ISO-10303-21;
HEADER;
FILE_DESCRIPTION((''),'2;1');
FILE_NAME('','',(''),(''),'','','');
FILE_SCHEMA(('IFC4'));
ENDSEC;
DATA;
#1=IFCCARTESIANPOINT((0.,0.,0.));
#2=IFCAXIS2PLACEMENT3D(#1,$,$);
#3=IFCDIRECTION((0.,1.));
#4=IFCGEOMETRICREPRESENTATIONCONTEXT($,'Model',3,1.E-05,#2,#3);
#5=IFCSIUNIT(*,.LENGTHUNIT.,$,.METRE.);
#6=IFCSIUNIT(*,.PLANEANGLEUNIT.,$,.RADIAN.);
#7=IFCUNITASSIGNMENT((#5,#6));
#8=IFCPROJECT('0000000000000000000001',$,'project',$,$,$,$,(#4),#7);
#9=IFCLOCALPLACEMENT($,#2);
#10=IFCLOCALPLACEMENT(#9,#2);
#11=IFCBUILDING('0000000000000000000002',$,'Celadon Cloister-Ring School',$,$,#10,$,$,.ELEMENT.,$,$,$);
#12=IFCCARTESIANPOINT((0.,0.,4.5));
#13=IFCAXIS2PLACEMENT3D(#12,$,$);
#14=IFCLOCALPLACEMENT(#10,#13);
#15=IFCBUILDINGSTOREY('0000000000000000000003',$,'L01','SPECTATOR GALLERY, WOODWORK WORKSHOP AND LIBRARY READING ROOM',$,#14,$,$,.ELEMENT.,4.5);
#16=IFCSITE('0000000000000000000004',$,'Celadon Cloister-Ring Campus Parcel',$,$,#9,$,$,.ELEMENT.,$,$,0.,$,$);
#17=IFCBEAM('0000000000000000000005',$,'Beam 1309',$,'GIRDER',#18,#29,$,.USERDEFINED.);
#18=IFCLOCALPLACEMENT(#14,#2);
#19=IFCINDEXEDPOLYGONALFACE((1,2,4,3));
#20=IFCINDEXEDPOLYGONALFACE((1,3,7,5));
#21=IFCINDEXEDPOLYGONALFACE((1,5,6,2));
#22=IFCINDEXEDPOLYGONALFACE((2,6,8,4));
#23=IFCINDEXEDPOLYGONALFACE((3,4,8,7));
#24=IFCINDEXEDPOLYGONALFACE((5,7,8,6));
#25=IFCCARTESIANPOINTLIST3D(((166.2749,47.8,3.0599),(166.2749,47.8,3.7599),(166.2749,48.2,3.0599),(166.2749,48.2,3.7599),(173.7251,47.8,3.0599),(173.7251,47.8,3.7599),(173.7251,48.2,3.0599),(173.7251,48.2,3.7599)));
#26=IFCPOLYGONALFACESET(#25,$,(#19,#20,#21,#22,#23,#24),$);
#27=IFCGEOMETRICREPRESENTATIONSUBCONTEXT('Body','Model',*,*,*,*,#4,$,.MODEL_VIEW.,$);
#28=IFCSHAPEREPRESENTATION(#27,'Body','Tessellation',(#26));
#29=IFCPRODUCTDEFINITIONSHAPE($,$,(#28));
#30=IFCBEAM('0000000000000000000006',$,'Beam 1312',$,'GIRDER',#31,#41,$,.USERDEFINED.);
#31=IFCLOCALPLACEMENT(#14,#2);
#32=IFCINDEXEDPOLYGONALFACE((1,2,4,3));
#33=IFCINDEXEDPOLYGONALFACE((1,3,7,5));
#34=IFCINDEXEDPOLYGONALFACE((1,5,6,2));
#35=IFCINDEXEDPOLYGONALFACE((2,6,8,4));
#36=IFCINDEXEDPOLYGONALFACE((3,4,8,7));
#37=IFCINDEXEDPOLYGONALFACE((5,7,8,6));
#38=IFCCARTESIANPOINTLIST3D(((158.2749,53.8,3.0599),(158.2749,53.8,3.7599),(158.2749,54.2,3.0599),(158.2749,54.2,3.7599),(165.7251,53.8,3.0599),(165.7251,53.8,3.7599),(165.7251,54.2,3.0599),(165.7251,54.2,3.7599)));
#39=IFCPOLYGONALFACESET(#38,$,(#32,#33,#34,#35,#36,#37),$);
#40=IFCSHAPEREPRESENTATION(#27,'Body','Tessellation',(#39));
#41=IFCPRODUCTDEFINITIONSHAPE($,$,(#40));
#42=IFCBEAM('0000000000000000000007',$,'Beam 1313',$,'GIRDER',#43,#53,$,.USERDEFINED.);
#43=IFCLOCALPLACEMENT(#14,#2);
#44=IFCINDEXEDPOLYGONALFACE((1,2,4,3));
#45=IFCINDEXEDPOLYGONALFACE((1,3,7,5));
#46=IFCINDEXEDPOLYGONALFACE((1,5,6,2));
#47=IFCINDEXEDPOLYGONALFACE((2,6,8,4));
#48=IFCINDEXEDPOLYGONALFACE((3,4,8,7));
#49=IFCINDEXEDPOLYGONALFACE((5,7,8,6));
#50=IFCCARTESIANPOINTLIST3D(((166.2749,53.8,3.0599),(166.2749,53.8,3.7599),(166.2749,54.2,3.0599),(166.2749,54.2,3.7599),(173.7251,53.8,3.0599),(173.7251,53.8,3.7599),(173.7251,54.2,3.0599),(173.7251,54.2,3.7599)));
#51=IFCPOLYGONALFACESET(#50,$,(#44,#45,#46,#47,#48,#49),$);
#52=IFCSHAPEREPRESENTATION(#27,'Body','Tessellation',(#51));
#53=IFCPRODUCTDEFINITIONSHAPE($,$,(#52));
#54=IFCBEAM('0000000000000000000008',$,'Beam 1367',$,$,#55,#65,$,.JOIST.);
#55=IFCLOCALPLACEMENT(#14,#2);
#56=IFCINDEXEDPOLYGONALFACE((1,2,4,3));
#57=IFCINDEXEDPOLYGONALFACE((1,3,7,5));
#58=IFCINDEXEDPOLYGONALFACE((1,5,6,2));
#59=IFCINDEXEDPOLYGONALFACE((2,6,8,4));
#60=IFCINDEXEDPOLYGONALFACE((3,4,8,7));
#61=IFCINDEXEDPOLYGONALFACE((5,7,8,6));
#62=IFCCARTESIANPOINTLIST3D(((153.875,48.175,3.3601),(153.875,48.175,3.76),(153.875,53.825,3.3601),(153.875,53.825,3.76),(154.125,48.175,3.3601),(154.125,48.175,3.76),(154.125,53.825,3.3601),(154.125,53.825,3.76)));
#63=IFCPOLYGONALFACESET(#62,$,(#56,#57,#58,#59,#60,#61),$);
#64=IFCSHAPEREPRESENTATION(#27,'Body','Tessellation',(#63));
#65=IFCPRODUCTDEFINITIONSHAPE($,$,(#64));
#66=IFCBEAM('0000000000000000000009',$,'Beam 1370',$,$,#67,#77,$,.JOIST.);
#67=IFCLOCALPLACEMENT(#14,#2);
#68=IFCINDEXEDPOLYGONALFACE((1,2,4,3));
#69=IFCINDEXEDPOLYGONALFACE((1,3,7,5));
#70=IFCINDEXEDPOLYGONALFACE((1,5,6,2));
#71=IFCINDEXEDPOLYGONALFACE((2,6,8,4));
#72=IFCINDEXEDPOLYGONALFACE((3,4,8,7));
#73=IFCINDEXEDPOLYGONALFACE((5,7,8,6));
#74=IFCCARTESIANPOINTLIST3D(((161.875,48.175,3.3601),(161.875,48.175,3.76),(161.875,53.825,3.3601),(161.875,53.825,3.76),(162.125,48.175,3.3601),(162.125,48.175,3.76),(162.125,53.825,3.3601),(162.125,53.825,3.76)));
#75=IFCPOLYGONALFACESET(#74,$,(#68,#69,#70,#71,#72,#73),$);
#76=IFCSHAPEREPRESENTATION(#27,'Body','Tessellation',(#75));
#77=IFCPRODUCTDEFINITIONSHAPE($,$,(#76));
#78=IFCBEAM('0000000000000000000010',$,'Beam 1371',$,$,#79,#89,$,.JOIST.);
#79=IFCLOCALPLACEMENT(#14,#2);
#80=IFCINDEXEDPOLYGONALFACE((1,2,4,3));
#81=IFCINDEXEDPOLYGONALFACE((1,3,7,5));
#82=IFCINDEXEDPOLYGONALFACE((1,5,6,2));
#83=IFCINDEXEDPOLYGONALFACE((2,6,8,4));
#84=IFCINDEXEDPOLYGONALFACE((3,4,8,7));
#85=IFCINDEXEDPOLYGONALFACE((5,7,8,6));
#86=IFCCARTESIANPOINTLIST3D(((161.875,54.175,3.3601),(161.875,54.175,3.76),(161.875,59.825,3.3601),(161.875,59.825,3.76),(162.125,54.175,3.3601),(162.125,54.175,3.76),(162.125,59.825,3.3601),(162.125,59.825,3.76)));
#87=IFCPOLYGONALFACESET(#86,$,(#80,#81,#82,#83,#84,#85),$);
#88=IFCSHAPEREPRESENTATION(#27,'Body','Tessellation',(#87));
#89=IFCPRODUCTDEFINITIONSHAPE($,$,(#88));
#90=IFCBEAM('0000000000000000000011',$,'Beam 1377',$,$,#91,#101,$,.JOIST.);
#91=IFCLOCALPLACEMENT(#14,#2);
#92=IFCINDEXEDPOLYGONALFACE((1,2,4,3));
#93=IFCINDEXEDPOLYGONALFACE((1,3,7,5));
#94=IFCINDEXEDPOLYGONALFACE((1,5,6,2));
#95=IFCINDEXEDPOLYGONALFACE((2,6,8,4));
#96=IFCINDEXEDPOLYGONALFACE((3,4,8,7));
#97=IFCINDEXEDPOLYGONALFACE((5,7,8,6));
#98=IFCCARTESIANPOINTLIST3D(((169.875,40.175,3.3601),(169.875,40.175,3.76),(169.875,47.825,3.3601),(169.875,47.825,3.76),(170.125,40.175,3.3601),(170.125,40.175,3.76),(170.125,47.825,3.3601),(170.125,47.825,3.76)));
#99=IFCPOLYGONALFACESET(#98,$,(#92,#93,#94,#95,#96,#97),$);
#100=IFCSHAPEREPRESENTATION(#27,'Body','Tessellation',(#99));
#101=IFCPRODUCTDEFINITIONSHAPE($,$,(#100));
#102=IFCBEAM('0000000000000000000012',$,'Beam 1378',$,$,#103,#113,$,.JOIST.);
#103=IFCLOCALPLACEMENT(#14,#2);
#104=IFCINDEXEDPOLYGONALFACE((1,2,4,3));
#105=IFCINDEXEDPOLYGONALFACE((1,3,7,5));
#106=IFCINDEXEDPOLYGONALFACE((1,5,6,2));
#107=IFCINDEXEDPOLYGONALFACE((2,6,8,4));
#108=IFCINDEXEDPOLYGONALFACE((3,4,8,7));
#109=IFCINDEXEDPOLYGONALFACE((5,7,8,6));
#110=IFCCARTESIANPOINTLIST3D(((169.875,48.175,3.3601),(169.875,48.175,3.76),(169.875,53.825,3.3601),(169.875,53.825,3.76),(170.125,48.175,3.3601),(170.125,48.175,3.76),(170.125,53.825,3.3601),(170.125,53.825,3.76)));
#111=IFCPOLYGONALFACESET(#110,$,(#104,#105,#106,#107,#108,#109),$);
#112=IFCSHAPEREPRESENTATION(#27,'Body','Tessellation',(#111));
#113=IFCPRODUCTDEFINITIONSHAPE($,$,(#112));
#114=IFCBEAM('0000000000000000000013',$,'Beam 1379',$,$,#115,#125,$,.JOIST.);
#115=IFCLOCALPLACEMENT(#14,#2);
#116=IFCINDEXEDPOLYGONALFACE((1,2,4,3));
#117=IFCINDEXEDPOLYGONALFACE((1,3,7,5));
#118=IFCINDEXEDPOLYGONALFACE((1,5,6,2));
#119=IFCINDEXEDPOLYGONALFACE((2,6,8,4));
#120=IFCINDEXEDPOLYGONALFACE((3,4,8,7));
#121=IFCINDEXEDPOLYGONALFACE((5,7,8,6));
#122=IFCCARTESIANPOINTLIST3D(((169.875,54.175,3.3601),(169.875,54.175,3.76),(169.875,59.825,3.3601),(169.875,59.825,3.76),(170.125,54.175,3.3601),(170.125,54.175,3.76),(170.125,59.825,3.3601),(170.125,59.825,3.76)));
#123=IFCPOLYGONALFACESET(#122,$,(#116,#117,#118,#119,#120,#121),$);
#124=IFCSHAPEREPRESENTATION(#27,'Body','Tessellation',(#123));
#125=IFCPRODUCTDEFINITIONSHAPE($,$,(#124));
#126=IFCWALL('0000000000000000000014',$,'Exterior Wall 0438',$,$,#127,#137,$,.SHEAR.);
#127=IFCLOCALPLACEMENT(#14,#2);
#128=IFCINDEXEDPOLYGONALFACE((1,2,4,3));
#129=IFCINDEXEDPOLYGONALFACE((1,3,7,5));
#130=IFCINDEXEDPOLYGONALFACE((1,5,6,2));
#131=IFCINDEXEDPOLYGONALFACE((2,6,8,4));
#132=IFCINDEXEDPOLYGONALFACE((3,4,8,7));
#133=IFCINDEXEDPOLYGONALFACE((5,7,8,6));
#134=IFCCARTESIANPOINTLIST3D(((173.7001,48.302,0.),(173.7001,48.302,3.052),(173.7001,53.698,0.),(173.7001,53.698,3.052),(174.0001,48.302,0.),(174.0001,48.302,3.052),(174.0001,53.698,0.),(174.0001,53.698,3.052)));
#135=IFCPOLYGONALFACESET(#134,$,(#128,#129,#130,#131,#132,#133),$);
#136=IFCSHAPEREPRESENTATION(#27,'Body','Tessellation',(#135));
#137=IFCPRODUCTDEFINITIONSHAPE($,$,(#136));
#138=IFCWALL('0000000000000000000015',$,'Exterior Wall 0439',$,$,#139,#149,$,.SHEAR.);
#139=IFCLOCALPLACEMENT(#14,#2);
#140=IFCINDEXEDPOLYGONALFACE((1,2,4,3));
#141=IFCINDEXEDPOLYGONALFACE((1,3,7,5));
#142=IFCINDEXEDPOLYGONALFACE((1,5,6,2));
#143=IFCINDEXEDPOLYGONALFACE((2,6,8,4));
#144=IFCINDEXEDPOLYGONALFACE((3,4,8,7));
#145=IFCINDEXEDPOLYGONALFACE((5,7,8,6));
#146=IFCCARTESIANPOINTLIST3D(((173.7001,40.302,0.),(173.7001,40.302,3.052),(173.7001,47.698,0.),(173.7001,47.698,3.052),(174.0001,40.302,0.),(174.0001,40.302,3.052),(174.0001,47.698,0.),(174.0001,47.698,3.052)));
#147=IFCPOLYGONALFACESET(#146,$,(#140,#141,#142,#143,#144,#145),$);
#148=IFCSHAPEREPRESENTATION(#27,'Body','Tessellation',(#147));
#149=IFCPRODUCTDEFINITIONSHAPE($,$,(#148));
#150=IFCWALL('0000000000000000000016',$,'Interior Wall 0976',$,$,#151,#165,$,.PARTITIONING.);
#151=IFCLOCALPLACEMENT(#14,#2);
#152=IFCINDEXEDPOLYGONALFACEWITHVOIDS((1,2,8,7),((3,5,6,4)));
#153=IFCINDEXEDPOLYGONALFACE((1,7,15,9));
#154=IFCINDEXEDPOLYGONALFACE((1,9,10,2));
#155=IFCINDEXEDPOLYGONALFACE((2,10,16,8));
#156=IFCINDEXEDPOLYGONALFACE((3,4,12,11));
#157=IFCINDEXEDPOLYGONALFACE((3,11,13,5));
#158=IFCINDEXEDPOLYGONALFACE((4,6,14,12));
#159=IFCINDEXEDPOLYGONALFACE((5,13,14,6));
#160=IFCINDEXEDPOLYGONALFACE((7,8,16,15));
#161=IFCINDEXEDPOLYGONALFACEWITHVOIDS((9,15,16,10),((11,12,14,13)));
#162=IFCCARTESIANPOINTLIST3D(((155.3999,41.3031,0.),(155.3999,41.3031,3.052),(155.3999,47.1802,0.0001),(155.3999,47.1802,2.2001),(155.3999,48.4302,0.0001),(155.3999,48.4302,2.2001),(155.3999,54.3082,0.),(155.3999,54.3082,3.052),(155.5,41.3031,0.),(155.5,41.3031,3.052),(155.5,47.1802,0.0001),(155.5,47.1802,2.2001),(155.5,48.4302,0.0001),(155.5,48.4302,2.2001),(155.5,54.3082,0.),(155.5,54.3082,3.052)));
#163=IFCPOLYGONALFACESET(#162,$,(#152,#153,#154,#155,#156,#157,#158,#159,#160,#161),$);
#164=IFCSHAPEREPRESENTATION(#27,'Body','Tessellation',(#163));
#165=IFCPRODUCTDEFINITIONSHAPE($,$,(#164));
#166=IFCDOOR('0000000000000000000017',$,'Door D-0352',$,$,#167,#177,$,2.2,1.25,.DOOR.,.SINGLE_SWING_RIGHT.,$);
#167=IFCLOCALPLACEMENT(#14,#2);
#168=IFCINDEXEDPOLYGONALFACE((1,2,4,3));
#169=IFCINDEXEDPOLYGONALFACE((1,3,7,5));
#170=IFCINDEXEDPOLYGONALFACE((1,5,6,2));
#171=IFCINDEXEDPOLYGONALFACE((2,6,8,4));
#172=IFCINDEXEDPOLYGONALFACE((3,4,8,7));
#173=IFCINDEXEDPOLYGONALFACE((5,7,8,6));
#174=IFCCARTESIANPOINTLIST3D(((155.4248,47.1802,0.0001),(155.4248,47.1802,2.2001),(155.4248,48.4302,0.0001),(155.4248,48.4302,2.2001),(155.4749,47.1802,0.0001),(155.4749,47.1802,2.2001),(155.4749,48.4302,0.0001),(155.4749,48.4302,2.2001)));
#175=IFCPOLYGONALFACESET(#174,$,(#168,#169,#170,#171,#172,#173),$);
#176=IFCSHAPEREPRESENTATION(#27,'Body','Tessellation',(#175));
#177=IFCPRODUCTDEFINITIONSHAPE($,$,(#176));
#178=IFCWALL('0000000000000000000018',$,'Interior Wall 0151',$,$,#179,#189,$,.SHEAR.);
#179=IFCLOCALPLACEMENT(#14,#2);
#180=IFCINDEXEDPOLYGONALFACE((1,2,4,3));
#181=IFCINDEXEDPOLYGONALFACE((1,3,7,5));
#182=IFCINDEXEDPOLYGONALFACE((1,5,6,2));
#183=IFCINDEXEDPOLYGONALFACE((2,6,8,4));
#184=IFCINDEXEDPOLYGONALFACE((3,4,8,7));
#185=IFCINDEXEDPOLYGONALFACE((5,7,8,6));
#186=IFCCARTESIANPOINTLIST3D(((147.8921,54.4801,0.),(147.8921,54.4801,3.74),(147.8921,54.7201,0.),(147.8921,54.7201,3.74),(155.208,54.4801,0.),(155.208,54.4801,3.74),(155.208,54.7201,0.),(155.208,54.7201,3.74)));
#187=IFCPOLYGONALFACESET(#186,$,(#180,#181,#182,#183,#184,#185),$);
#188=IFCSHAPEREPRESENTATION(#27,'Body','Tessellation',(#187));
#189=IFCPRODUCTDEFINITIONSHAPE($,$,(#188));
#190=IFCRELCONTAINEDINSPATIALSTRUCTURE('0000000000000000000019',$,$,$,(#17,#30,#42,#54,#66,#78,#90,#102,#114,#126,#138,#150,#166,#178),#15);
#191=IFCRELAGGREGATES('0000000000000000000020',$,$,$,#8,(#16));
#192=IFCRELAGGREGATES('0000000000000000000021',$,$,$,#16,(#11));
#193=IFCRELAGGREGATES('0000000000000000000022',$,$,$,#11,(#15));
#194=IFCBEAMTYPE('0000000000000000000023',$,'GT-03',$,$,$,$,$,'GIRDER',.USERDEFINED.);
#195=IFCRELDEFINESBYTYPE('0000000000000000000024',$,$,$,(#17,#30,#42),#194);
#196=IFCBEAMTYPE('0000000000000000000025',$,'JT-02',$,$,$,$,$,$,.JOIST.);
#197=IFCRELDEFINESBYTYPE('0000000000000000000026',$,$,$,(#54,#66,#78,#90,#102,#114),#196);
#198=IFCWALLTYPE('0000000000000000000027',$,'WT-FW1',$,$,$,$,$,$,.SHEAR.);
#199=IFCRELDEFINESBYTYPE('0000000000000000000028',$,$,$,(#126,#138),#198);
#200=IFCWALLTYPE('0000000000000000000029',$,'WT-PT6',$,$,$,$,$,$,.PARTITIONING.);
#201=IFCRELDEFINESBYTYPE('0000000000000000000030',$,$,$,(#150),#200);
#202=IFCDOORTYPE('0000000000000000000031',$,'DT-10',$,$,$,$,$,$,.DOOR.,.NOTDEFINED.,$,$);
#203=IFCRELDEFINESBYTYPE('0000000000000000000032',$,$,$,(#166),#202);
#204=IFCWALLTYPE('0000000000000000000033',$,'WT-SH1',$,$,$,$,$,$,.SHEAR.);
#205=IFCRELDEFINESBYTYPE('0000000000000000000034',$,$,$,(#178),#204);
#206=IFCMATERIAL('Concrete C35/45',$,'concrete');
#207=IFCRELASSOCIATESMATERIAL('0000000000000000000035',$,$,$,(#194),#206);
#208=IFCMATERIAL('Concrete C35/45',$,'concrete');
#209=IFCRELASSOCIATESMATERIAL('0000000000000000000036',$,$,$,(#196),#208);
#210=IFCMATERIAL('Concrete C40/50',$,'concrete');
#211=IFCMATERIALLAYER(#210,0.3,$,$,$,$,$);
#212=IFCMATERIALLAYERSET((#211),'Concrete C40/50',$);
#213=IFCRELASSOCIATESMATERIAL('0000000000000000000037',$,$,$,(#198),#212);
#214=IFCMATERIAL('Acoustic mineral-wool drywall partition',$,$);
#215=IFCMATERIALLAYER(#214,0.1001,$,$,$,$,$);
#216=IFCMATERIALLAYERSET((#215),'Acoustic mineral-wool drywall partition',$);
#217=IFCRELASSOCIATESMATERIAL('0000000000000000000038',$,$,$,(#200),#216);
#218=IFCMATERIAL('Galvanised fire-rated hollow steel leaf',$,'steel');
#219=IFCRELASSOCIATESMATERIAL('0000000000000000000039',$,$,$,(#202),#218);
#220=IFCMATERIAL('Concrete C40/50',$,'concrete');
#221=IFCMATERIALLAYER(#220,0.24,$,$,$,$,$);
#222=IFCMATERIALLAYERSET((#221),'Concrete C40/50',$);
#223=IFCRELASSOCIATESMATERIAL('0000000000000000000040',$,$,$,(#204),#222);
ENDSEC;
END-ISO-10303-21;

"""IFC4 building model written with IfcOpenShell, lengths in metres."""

from ifc_helpers import new_model, si_unit, direction, frame, frame_2d, origin, origin_2d, place, context, subcontext, project, spatial, rectangle, extrude, material, layer, layer_set, material_profile, profile_set, type_object, element, fill, save


model = new_model("IFC4")

# Units and contexts
model_context = context("Model", 3, precision=1e-05, world=origin(), true_north=direction((0.0, 1.0)))
body_context = subcontext(model_context, "Body", "Model", "MODEL_VIEW")
ifc_project = project(units=[si_unit("LENGTHUNIT", "METRE"), si_unit("PLANEANGLEUNIT", "RADIAN")], contexts=[model_context])

# Site, building, storey
site_placement = place(None, origin())
site = spatial("IfcSite", under=ifc_project, at=site_placement, Name="Celadon Cloister-Ring Campus Parcel", CompositionType="ELEMENT", RefElevation=0.0)
building_placement = place(site_placement, origin())
building = spatial("IfcBuilding", under=site, at=building_placement, Name="Celadon Cloister-Ring School", CompositionType="ELEMENT")
storey_placement = place(building_placement, frame((0.0, 0.0, 4.5)))
storey = spatial("IfcBuildingStorey", under=building, at=storey_placement, Name="L01", Description="SPECTATOR GALLERY, WOODWORK WORKSHOP AND LIBRARY READING ROOM", CompositionType="ELEMENT", Elevation=4.5)

# Beams
ifc_material_1 = material(Name="Concrete C35/45", Category="concrete")
ifc_material_profile_1 = material_profile(ifc_material_1, rectangle(XDim=0.3999, YDim=0.7, at=origin_2d()), Name="RC400X700")
ifc_profile_set_1 = profile_set([ifc_material_profile_1], Name="Concrete C35/45")
beam_type_1 = type_object("IfcBeamType", Name="GT-03", ElementType="GIRDER", PredefinedType="USERDEFINED", material=ifc_profile_set_1)
for number, where, z_axis, x_axis, name in (
    (1, (166.2749, 48.0, 3.4099), (1.0, 0.0, 0.0), (0.0, 1.0, 0.0), "Beam 1309"),
    (2, (158.2749, 54.0, 3.4099), (1.0, 0.0, 0.0), (0.0, 1.0, 0.0), "Beam 1312"),
    (3, (166.2749, 54.0, 3.4099), (1.0, 0.0, 0.0), (0.0, 1.0, 0.0), "Beam 1313"),
):
    element("IfcBeam", number, at=place(storey_placement, frame(where, z_axis=z_axis, x_axis=x_axis)), inside=storey, type_object=beam_type_1, Name=name, ObjectType="GIRDER", PredefinedType="USERDEFINED", context=body_context, shape_type="SweptSolid", body=[
        extrude(rectangle(XDim=0.3999, YDim=0.7, at=origin_2d()), origin(), (0.0, 0.0, 1.0), 7.4502),
    ])
ifc_material_2 = material(Name="Concrete C35/45", Category="concrete")
ifc_material_profile_2 = material_profile(ifc_material_2, rectangle(XDim=0.25, YDim=0.3999, at=origin_2d()), Name="RC250X400")
ifc_profile_set_2 = profile_set([ifc_material_profile_2], Name="Concrete C35/45")
beam_type_2 = type_object("IfcBeamType", Name="JT-02", PredefinedType="JOIST", material=ifc_profile_set_2)
for number, where, z_axis, x_axis, name in (
    (4, (154.0, 48.175, 3.5601), (0.0, 1.0, 0.0), (-1.0, 0.0, 0.0), "Beam 1367"),
    (5, (162.0, 48.175, 3.5601), (0.0, 1.0, 0.0), (-1.0, 0.0, 0.0), "Beam 1370"),
    (6, (162.0, 54.175, 3.5601), (0.0, 1.0, 0.0), (-1.0, 0.0, 0.0), "Beam 1371"),
):
    element("IfcBeam", number, at=place(storey_placement, frame(where, z_axis=z_axis, x_axis=x_axis)), inside=storey, type_object=beam_type_2, Name=name, PredefinedType="JOIST", context=body_context, shape_type="SweptSolid", body=[
        extrude(rectangle(XDim=0.25, YDim=0.3999, at=origin_2d()), origin(), (0.0, 0.0, 1.0), 5.6499),
    ])
beam_1_placement = place(storey_placement, frame((170.0, 40.175, 3.5601), z_axis=(0.0, 1.0, 0.0), x_axis=(-1.0, 0.0, 0.0)))
element("IfcBeam", 7, at=beam_1_placement, inside=storey, type_object=beam_type_2, Name="Beam 1377", PredefinedType="JOIST", context=body_context, shape_type="SweptSolid", body=[
    extrude(rectangle(XDim=0.25, YDim=0.3999, at=origin_2d()), origin(), (0.0, 0.0, 1.0), 7.6499),
])
for number, where, z_axis, x_axis, name in (
    (8, (170.0, 48.175, 3.5601), (0.0, 1.0, 0.0), (-1.0, 0.0, 0.0), "Beam 1378"),
    (9, (170.0, 54.175, 3.5601), (0.0, 1.0, 0.0), (-1.0, 0.0, 0.0), "Beam 1379"),
):
    element("IfcBeam", number, at=place(storey_placement, frame(where, z_axis=z_axis, x_axis=x_axis)), inside=storey, type_object=beam_type_2, Name=name, PredefinedType="JOIST", context=body_context, shape_type="SweptSolid", body=[
        extrude(rectangle(XDim=0.25, YDim=0.3999, at=origin_2d()), origin(), (0.0, 0.0, 1.0), 5.6499),
    ])

# Walls
ifc_material_3 = material(Name="Concrete C40/50", Category="concrete")
ifc_layer_1 = layer(ifc_material_3, 0.3)
ifc_layer_set_1 = layer_set([ifc_layer_1], Name="Concrete C40/50")
wall_type_1 = type_object("IfcWallType", Name="WT-FW1", PredefinedType="SHEAR", material=ifc_layer_set_1)
wall_1_placement = place(storey_placement, frame((173.8501, 53.698, 0.0), z_axis=(0.0, 0.0, 1.0), x_axis=(0.0, -1.0, 0.0)))
element("IfcWall", 10, at=wall_1_placement, inside=storey, type_object=wall_type_1, Name="Exterior Wall 0438", PredefinedType="SHEAR", context=body_context, shape_type="SweptSolid", body=[
    extrude(rectangle(XDim=5.396, YDim=0.3, at=frame_2d((2.698, 0.0))), origin(), (0.0, 0.0, 1.0), 3.052),
])
wall_2_placement = place(storey_placement, frame((173.8501, 47.698, 0.0), z_axis=(0.0, 0.0, 1.0), x_axis=(0.0, -1.0, 0.0)))
element("IfcWall", 11, at=wall_2_placement, inside=storey, type_object=wall_type_1, Name="Exterior Wall 0439", PredefinedType="SHEAR", context=body_context, shape_type="SweptSolid", body=[
    extrude(rectangle(XDim=7.396, YDim=0.3, at=frame_2d((3.698, 0.0))), origin(), (0.0, 0.0, 1.0), 3.052),
])

# Wall, opening, door
ifc_material_4 = material(Name="Acoustic mineral-wool drywall partition")
ifc_layer_2 = layer(ifc_material_4, 0.1001)
ifc_layer_set_2 = layer_set([ifc_layer_2], Name="Acoustic mineral-wool drywall partition")
wall_type_2 = type_object("IfcWallType", Name="WT-PT6", PredefinedType="PARTITIONING", material=ifc_layer_set_2)
wall_3_placement = place(storey_placement, frame((155.45, 54.3081, 0.0), z_axis=(0.0, 0.0, 1.0), x_axis=(0.0, -1.0, 0.0)))
wall_3 = element("IfcWall", 12, at=wall_3_placement, inside=storey, type_object=wall_type_2, Name="Interior Wall 0976", PredefinedType="PARTITIONING", context=body_context, shape_type="SweptSolid", body=[
    extrude(rectangle(XDim=13.0051, YDim=0.1001, at=frame_2d((6.5024, 0.0))), origin(), (0.0, 0.0, 1.0), 3.052),
])
opening_placement = place(wall_3_placement, frame((5.8779, 0.0, 0.0)))
opening = element("IfcOpeningElement", 13, at=opening_placement, cuts=wall_3, PredefinedType="OPENING", context=body_context, shape_type="SweptSolid", body=[
    extrude(rectangle(XDim=1.25, YDim=2.2, at=frame_2d((0.625, 1.1001))), frame((0.0, 0.0601, 0.0), z_axis=(0.0, -1.0, 0.0), x_axis=(1.0, 0.0, 0.0)), (0.0, 0.0, 1.0), 0.1201),
])
ifc_material_5 = material(Name="Galvanised fire-rated hollow steel leaf", Category="steel")
door_type = type_object("IfcDoorType", Name="DT-10", OperationType="NOTDEFINED", PredefinedType="DOOR", material=ifc_material_5)
door_placement = place(opening_placement, origin())
door = element("IfcDoor", 14, at=door_placement, inside=storey, type_object=door_type, Name="Door D-0352", OperationType="SINGLE_SWING_RIGHT", OverallHeight=2.2, OverallWidth=1.25, PredefinedType="DOOR", context=body_context, shape_type="SweptSolid", body=[
    extrude(rectangle(XDim=1.25, YDim=2.2, at=frame_2d((0.625, 1.1001))), frame((0.0, 0.0249, 0.0), z_axis=(0.0, -1.0, 0.0), x_axis=(1.0, 0.0, 0.0)), (0.0, 0.0, 1.0), 0.05),
])
fill(opening, door)

# Wall
ifc_material_6 = material(Name="Concrete C40/50", Category="concrete")
ifc_layer_3 = layer(ifc_material_6, 0.24)
ifc_layer_set_3 = layer_set([ifc_layer_3], Name="Concrete C40/50")
wall_type_3 = type_object("IfcWallType", Name="WT-SH1", PredefinedType="SHEAR", material=ifc_layer_set_3)
wall_4_placement = place(storey_placement, frame((155.208, 54.6001, 0.0), z_axis=(0.0, 0.0, 1.0), x_axis=(-1.0, 0.0, 0.0)))
element("IfcWall", 15, at=wall_4_placement, inside=storey, type_object=wall_type_3, Name="Interior Wall 0151", PredefinedType="SHEAR", context=body_context, shape_type="SweptSolid", body=[
    extrude(rectangle(XDim=7.3159, YDim=0.24, at=frame_2d((3.658, 0.0))), origin(), (0.0, 0.0, 1.0), 3.74),
])

save(model, "model.ifc")
